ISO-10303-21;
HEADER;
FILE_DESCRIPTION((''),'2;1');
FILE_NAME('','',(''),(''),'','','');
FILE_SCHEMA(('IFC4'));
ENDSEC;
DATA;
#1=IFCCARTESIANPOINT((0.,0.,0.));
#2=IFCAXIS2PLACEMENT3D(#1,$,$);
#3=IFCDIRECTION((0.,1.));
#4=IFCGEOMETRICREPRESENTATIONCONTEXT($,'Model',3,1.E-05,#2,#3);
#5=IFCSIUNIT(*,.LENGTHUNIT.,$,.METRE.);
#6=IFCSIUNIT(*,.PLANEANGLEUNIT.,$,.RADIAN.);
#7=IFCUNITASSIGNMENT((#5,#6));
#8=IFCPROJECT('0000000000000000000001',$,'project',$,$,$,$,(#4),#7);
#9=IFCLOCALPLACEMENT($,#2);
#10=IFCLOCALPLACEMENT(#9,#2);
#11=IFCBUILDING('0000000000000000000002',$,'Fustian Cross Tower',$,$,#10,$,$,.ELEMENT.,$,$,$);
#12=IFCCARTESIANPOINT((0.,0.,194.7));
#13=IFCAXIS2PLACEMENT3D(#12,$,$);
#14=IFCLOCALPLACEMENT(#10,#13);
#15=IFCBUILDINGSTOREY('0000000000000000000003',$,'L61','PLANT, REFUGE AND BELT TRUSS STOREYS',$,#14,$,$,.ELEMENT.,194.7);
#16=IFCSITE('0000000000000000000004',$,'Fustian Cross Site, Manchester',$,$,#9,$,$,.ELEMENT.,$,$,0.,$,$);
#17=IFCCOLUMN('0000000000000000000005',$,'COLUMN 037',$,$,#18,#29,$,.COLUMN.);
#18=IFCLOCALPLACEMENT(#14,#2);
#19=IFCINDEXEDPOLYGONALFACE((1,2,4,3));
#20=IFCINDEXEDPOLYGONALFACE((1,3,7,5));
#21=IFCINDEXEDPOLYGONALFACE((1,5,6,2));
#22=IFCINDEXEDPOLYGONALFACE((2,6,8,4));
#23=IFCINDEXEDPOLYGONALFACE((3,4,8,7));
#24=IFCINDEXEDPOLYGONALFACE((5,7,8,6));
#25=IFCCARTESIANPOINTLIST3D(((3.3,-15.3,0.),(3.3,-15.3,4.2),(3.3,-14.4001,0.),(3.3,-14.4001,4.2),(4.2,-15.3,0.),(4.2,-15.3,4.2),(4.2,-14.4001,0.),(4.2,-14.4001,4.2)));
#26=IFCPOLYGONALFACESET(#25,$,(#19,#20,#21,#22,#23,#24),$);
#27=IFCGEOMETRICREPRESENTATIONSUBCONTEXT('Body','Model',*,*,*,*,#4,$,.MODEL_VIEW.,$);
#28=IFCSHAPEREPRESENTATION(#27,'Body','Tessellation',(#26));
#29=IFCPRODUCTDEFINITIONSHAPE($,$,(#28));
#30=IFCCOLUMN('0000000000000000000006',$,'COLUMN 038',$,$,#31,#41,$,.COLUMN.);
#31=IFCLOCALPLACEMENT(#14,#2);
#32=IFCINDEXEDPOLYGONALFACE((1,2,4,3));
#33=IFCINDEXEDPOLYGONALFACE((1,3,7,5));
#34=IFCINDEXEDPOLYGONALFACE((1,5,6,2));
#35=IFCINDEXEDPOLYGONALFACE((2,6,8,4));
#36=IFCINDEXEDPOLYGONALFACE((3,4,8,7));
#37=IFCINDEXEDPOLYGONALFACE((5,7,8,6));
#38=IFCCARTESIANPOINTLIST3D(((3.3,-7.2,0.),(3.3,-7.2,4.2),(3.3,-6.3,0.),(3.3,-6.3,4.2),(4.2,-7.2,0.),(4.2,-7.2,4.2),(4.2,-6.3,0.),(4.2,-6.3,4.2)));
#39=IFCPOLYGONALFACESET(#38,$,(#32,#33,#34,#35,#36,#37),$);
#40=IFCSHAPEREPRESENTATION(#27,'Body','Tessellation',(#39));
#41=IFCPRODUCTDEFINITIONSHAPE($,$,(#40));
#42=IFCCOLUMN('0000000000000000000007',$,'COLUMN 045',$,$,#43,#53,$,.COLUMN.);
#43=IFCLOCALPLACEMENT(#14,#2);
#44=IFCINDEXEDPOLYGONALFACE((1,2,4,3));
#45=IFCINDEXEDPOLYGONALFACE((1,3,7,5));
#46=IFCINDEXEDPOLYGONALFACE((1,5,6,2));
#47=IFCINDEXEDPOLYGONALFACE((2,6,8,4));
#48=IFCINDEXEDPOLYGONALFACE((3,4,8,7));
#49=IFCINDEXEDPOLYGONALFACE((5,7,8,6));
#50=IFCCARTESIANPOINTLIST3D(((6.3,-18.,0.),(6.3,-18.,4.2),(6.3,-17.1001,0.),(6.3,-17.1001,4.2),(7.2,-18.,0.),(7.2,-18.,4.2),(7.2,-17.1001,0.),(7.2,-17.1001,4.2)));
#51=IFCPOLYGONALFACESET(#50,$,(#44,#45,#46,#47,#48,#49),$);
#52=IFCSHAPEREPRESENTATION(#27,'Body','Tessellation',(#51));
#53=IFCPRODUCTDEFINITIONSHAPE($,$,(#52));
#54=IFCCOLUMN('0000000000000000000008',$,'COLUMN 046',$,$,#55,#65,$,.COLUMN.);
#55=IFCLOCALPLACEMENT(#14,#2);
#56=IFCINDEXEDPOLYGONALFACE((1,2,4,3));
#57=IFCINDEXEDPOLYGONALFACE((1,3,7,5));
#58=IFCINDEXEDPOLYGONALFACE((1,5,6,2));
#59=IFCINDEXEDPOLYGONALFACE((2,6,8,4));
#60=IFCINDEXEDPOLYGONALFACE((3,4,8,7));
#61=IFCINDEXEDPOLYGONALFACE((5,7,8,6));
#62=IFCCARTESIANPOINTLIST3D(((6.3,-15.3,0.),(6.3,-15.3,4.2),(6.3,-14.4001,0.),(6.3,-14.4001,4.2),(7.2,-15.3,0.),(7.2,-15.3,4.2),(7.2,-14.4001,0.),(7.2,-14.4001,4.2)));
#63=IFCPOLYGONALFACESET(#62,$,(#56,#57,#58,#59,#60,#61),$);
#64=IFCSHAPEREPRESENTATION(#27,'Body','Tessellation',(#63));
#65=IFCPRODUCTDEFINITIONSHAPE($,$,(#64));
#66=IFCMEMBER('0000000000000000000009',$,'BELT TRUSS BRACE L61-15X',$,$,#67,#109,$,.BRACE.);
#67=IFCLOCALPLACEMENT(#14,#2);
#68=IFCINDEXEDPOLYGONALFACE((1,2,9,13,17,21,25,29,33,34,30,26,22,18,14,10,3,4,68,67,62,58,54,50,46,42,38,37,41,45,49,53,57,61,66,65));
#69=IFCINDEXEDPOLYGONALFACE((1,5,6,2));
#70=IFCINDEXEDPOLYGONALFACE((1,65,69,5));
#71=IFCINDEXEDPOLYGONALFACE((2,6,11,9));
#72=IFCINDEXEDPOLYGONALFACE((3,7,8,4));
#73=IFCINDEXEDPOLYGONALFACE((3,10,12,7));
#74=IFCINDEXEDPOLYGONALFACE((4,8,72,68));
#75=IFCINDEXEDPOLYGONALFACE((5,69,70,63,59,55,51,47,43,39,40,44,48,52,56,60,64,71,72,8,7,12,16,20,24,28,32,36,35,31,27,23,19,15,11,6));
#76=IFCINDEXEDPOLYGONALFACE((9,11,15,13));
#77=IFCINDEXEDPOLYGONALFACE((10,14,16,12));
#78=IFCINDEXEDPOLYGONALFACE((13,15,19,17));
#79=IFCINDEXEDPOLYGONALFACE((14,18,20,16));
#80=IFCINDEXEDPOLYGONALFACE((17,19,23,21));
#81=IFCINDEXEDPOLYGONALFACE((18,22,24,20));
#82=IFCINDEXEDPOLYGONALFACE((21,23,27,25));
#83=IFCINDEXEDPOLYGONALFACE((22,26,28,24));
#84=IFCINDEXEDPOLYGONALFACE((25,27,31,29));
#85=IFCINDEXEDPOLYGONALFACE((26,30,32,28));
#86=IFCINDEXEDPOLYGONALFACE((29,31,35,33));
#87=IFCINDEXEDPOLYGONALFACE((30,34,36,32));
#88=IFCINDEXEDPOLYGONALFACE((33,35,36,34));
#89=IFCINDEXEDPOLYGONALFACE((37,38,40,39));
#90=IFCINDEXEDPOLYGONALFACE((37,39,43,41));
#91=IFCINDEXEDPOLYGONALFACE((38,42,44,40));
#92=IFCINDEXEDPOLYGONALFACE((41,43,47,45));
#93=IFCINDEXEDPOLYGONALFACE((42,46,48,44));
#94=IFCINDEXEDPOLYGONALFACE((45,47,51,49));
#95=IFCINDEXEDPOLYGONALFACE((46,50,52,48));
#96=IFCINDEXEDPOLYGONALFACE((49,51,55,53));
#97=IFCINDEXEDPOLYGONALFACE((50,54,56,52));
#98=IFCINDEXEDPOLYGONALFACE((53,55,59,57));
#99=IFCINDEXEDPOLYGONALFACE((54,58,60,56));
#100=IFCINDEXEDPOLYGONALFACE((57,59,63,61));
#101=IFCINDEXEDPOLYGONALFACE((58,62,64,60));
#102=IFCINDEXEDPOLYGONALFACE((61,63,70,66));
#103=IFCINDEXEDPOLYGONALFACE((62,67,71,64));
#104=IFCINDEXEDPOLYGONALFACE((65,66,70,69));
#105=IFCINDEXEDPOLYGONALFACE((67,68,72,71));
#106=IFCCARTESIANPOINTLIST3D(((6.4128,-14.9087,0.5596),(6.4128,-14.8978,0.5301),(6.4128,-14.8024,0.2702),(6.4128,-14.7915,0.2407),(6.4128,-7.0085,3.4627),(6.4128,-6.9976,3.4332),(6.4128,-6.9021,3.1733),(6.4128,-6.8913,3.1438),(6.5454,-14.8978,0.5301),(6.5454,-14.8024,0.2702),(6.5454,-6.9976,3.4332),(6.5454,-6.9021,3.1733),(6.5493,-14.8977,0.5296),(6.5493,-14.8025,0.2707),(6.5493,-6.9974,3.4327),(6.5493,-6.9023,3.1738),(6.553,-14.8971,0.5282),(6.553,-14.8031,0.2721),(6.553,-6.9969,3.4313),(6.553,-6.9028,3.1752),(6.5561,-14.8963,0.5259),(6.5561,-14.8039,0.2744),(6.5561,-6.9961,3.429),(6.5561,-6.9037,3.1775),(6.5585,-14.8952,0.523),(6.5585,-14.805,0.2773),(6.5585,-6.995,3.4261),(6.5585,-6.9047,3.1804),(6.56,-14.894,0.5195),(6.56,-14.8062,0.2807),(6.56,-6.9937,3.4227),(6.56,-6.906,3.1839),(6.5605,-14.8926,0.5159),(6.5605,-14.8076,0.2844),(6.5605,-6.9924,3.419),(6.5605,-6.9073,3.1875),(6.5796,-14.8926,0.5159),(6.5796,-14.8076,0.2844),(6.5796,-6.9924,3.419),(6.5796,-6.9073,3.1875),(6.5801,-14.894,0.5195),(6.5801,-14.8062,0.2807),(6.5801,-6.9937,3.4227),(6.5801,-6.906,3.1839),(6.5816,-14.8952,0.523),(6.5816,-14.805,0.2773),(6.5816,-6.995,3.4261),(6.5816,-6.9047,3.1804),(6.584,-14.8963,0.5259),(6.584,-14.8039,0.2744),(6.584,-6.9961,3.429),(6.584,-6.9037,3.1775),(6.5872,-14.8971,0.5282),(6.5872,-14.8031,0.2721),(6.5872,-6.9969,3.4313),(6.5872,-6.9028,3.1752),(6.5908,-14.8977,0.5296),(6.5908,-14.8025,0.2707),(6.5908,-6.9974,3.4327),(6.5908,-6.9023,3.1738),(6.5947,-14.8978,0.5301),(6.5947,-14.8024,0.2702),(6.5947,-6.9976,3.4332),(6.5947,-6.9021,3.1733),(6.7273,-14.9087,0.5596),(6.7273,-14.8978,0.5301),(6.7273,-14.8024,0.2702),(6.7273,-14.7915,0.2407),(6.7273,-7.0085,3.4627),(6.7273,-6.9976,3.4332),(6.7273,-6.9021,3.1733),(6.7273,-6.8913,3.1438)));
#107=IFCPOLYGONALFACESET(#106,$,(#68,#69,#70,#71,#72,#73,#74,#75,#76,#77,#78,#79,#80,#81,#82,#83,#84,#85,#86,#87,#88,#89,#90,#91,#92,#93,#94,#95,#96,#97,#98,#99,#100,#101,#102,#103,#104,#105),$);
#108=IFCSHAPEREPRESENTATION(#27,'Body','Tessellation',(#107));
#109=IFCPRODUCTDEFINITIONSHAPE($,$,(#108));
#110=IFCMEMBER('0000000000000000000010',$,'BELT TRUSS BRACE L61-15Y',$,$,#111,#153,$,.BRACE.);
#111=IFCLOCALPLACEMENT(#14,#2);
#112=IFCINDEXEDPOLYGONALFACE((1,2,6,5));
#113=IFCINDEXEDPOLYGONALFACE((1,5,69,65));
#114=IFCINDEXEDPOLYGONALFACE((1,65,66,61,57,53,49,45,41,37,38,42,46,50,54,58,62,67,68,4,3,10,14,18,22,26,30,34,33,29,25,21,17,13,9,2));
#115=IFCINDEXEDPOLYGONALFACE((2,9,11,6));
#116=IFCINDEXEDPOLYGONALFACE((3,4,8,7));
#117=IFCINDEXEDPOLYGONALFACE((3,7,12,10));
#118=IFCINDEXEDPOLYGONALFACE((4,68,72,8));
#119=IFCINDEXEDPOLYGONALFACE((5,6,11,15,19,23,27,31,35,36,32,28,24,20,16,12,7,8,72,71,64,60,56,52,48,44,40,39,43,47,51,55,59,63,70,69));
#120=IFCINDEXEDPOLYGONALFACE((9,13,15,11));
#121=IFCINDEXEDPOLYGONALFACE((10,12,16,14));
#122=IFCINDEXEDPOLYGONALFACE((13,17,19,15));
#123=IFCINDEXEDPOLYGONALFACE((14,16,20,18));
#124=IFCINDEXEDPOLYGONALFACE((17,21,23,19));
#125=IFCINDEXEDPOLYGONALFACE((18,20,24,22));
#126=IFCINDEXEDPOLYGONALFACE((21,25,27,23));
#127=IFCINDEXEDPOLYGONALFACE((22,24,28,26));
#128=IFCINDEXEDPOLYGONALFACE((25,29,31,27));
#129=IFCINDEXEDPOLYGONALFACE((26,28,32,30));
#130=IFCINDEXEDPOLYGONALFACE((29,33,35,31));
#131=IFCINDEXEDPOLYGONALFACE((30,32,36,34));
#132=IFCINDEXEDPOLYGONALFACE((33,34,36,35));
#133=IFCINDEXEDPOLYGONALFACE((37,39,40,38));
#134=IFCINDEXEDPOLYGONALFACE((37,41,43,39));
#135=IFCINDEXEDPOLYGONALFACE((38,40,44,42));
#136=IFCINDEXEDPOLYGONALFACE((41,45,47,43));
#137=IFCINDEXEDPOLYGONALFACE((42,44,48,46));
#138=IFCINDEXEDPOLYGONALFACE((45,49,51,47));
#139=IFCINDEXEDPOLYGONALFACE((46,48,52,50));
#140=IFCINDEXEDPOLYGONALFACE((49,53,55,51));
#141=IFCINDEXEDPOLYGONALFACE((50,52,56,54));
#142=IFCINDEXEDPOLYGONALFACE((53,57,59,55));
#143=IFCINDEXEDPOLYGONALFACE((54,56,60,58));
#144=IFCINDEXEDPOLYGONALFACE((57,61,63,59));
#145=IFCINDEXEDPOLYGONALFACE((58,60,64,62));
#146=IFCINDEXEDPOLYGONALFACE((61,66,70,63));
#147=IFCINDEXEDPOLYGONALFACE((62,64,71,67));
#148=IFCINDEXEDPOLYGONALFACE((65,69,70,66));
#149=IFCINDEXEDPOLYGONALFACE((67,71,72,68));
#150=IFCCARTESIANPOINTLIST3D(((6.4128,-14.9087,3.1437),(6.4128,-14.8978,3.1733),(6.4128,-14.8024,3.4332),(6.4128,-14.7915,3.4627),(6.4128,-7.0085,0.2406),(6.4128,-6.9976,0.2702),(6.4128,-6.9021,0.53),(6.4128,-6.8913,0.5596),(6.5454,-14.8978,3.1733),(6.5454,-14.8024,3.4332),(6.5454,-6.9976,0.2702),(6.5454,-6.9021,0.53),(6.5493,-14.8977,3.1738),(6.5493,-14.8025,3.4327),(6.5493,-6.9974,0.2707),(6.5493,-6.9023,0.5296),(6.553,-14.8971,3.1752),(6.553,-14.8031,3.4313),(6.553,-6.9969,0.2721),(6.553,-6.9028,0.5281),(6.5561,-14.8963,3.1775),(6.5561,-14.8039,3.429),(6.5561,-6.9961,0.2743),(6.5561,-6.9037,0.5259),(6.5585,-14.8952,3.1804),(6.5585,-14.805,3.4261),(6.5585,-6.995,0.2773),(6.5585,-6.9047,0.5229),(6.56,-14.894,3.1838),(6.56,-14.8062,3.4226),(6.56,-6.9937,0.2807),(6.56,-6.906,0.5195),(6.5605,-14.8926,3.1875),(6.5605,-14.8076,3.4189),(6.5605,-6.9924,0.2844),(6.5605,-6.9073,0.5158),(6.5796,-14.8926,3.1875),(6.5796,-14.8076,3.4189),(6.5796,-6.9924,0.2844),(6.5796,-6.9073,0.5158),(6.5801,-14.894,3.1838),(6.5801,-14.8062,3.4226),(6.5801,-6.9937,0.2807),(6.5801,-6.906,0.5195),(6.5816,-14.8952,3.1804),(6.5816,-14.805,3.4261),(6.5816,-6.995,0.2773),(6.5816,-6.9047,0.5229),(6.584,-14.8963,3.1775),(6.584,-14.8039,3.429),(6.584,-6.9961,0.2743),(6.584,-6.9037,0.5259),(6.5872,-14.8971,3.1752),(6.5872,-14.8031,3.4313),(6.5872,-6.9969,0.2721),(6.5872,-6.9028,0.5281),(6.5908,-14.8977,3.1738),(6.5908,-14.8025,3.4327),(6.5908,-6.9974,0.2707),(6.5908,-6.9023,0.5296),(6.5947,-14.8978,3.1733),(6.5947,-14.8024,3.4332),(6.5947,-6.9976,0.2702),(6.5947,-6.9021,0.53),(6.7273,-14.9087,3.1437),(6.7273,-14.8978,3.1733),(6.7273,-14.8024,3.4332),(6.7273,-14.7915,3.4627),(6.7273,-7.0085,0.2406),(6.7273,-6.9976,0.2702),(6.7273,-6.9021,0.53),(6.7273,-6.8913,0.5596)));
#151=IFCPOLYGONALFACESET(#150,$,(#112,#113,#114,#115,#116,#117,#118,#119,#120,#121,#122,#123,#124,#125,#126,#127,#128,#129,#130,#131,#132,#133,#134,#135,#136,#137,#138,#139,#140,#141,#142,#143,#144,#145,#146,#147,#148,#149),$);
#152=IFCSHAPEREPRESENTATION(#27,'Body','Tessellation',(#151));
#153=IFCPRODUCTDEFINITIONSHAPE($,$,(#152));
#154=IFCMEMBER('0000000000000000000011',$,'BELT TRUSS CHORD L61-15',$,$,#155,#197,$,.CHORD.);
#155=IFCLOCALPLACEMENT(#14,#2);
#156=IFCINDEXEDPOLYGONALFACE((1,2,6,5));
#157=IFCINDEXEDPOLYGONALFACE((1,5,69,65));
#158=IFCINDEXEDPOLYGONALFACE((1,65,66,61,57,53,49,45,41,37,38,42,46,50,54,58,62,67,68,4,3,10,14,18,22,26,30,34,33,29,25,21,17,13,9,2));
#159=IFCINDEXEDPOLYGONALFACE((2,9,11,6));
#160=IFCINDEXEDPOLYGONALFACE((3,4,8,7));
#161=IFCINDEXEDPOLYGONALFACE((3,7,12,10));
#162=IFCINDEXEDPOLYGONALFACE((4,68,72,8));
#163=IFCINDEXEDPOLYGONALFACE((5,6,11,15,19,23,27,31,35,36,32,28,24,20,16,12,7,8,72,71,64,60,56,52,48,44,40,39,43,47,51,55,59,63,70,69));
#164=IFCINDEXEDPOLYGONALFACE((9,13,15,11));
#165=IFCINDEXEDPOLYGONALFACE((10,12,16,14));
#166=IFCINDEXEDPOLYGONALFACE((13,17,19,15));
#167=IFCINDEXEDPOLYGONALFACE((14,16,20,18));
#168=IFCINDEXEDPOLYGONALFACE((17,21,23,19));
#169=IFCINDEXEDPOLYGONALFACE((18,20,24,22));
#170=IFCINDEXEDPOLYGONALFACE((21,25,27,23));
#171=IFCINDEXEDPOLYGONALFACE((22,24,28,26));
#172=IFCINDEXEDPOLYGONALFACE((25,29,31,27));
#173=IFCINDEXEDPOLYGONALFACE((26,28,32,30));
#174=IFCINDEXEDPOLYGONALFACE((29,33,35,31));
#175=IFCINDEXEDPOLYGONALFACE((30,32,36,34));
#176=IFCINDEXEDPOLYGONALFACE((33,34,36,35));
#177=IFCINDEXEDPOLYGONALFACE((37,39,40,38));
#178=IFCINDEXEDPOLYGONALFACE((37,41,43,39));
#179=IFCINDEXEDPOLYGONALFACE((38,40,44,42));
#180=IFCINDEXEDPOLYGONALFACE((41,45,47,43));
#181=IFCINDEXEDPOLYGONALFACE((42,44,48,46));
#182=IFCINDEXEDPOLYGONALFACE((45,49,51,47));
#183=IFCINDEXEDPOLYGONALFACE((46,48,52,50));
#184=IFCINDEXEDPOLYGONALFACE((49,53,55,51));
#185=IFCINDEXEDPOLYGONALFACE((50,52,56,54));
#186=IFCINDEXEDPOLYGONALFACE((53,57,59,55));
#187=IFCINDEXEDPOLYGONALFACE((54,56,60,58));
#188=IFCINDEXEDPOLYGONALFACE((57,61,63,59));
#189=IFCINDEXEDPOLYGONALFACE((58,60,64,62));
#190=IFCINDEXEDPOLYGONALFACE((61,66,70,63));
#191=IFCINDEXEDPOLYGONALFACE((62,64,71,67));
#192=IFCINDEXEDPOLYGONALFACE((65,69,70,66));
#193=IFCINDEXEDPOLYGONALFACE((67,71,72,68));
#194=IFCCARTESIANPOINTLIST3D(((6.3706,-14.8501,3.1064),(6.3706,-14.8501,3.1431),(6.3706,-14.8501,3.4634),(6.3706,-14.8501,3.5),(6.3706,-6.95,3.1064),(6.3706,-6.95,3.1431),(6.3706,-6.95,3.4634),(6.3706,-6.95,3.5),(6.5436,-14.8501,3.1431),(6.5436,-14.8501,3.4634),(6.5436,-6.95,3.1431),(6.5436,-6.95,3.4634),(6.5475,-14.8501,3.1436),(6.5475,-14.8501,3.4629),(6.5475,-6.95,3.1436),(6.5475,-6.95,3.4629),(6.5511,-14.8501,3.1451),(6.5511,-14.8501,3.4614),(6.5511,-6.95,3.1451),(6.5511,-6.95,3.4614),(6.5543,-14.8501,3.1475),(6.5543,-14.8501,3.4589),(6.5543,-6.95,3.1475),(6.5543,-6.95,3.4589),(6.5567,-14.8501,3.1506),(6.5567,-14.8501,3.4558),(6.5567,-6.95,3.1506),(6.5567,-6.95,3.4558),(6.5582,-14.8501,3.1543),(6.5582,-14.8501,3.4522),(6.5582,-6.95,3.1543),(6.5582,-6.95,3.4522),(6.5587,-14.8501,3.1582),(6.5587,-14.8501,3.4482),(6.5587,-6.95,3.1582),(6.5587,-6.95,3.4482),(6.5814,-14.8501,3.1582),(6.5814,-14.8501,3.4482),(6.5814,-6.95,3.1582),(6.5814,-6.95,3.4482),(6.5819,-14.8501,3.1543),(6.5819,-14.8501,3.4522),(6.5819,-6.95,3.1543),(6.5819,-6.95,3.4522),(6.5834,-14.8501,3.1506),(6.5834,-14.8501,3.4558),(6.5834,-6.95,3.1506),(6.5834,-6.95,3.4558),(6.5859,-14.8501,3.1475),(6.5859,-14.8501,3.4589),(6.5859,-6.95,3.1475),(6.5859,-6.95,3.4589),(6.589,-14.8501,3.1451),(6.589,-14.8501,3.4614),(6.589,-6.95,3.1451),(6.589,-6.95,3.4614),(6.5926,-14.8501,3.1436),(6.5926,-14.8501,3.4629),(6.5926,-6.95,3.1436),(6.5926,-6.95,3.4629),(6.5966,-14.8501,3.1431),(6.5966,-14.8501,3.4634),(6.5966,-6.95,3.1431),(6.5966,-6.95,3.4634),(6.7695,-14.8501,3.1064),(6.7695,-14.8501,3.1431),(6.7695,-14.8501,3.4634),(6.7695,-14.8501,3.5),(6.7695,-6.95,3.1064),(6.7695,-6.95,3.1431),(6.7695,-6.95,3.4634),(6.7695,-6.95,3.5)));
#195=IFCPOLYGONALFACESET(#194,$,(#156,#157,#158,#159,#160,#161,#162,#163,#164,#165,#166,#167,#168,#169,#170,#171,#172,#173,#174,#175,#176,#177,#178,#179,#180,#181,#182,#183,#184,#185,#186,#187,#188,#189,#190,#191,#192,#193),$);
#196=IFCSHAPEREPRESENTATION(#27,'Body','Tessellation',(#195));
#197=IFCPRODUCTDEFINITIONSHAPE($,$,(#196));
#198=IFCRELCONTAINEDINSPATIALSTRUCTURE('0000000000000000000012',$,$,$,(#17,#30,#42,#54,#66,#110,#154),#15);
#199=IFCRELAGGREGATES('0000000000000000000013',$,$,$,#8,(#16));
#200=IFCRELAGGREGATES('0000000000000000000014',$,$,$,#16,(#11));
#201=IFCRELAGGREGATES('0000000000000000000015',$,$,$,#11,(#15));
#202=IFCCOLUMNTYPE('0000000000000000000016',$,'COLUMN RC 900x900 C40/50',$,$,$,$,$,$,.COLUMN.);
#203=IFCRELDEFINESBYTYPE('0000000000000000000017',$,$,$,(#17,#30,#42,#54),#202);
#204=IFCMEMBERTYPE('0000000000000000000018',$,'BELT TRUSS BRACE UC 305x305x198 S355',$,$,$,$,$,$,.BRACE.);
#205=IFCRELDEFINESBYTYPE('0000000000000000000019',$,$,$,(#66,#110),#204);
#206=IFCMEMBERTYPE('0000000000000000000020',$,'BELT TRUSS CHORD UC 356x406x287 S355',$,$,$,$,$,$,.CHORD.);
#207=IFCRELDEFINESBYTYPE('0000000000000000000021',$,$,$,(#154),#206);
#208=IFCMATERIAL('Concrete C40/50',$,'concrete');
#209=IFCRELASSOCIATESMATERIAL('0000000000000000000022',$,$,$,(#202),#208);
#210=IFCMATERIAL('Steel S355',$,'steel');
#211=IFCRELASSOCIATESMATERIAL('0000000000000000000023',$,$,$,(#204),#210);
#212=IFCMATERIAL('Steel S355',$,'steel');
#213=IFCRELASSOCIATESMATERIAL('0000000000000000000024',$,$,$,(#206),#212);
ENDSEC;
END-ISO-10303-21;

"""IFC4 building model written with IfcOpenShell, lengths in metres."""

from ifc_helpers import new_model, si_unit, direction, frame, origin, origin_2d, place, context, subcontext, project, spatial, rectangle, i_section, extrude, material, material_profile, profile_set, type_object, element, save


model = new_model("IFC4")

# Units and contexts
model_context = context("Model", 3, precision=1e-05, world=origin(), true_north=direction((0.0, 1.0)))
body_context = subcontext(model_context, "Body", "Model", "MODEL_VIEW")
ifc_project = project(units=[si_unit("LENGTHUNIT", "METRE"), si_unit("PLANEANGLEUNIT", "RADIAN")], contexts=[model_context])

# Site, building, storey
site_placement = place(None, origin())
site = spatial("IfcSite", under=ifc_project, at=site_placement, Name="Fustian Cross Site, Manchester", CompositionType="ELEMENT", RefElevation=0.0)
building_placement = place(site_placement, origin())
building = spatial("IfcBuilding", under=site, at=building_placement, Name="Fustian Cross Tower", CompositionType="ELEMENT")
storey_placement = place(building_placement, frame((0.0, 0.0, 194.7)))
storey = spatial("IfcBuildingStorey", under=building, at=storey_placement, Name="L61", Description="PLANT, REFUGE AND BELT TRUSS STOREYS", CompositionType="ELEMENT", Elevation=194.7)

# Columns
ifc_material_1 = material(Name="Concrete C40/50", Category="concrete")
ifc_material_profile_1 = material_profile(ifc_material_1, rectangle(XDim=0.8999, YDim=0.8999, at=origin_2d()), Name="RC 900x900")
ifc_profile_set_1 = profile_set([ifc_material_profile_1], Name="Concrete C40/50")
column_type = type_object("IfcColumnType", Name="COLUMN RC 900x900 C40/50", PredefinedType="COLUMN", material=ifc_profile_set_1)
for number, where, z_axis, x_axis, name in (
    (1, (3.75, -14.8501, 0.0), (0.0, 0.0, 1.0), (1.0, 0.0, 0.0), "COLUMN 037"),
    (2, (3.75, -6.75, 0.0), (0.0, 0.0, 1.0), (1.0, 0.0, 0.0), "COLUMN 038"),
    (3, (6.75, -17.55, 0.0), (0.0, 0.0, 1.0), (1.0, 0.0, 0.0), "COLUMN 045"),
    (4, (6.75, -14.8501, 0.0), (0.0, 0.0, 1.0), (1.0, 0.0, 0.0), "COLUMN 046"),
):
    element("IfcColumn", number, at=place(storey_placement, frame(where, z_axis=z_axis, x_axis=x_axis)), inside=storey, type_object=column_type, Name=name, PredefinedType="COLUMN", context=body_context, shape_type="SweptSolid", body=[
        extrude(rectangle(XDim=0.8999, YDim=0.8999, at=origin_2d()), origin(), (0.0, 0.0, 1.0), 4.2),
    ])

# Members
ifc_material_2 = material(Name="Steel S355", Category="steel")
ifc_material_profile_2 = material_profile(ifc_material_2, i_section(OverallWidth=0.3145, OverallDepth=0.3398, WebThickness=0.019, FlangeThickness=0.0315, FilletRadius=0.0151, at=origin_2d()), Name="UC 305x305x198")
ifc_profile_set_2 = profile_set([ifc_material_profile_2], Name="Steel S355")
member_type_1 = type_object("IfcMemberType", Name="BELT TRUSS BRACE UC 305x305x198 S355", PredefinedType="BRACE", material=ifc_profile_set_2)
for number, where, z_axis, x_axis, name in (
    (5, (6.5701, -14.8501, 0.4001), (0.0, 0.938632, 0.34492), (-1.0, 0.0, 0.0), "BELT TRUSS BRACE L61-15X"),
    (6, (6.5701, -14.8501, 3.3032), (0.0, 0.938632, -0.34492), (-1.0, 0.0, 0.0), "BELT TRUSS BRACE L61-15Y"),
):
    element("IfcMember", number, at=place(storey_placement, frame(where, z_axis=z_axis, x_axis=x_axis)), inside=storey, type_object=member_type_1, Name=name, PredefinedType="BRACE", context=body_context, shape_type="SweptSolid", body=[
        extrude(i_section(OverallWidth=0.3145, OverallDepth=0.3398, WebThickness=0.019, FlangeThickness=0.0315, FilletRadius=0.0151, at=origin_2d()), origin(), (0.0, 0.0, 1.0), 8.4167),
    ])
ifc_material_3 = material(Name="Steel S355", Category="steel")
ifc_material_profile_3 = material_profile(ifc_material_3, i_section(OverallWidth=0.3989, OverallDepth=0.3936, WebThickness=0.0227, FlangeThickness=0.0366, FilletRadius=0.0151, at=origin_2d()), Name="UC 356x406x287")
ifc_profile_set_3 = profile_set([ifc_material_profile_3], Name="Steel S355")
member_type_2 = type_object("IfcMemberType", Name="BELT TRUSS CHORD UC 356x406x287 S355", PredefinedType="CHORD", material=ifc_profile_set_3)
for number, where, z_axis, x_axis, name in (
    (7, (6.5701, -14.8501, 3.3032), (0.0, 1.0, 0.0), (-1.0, 0.0, 0.0), "BELT TRUSS CHORD L61-15"),
):
    element("IfcMember", number, at=place(storey_placement, frame(where, z_axis=z_axis, x_axis=x_axis)), inside=storey, type_object=member_type_2, Name=name, PredefinedType="CHORD", context=body_context, shape_type="SweptSolid", body=[
        extrude(i_section(OverallWidth=0.3989, OverallDepth=0.3936, WebThickness=0.0227, FlangeThickness=0.0366, FilletRadius=0.0151, at=origin_2d()), origin(), (0.0, 0.0, 1.0), 7.9001),
    ])

save(model, "model.ifc")
